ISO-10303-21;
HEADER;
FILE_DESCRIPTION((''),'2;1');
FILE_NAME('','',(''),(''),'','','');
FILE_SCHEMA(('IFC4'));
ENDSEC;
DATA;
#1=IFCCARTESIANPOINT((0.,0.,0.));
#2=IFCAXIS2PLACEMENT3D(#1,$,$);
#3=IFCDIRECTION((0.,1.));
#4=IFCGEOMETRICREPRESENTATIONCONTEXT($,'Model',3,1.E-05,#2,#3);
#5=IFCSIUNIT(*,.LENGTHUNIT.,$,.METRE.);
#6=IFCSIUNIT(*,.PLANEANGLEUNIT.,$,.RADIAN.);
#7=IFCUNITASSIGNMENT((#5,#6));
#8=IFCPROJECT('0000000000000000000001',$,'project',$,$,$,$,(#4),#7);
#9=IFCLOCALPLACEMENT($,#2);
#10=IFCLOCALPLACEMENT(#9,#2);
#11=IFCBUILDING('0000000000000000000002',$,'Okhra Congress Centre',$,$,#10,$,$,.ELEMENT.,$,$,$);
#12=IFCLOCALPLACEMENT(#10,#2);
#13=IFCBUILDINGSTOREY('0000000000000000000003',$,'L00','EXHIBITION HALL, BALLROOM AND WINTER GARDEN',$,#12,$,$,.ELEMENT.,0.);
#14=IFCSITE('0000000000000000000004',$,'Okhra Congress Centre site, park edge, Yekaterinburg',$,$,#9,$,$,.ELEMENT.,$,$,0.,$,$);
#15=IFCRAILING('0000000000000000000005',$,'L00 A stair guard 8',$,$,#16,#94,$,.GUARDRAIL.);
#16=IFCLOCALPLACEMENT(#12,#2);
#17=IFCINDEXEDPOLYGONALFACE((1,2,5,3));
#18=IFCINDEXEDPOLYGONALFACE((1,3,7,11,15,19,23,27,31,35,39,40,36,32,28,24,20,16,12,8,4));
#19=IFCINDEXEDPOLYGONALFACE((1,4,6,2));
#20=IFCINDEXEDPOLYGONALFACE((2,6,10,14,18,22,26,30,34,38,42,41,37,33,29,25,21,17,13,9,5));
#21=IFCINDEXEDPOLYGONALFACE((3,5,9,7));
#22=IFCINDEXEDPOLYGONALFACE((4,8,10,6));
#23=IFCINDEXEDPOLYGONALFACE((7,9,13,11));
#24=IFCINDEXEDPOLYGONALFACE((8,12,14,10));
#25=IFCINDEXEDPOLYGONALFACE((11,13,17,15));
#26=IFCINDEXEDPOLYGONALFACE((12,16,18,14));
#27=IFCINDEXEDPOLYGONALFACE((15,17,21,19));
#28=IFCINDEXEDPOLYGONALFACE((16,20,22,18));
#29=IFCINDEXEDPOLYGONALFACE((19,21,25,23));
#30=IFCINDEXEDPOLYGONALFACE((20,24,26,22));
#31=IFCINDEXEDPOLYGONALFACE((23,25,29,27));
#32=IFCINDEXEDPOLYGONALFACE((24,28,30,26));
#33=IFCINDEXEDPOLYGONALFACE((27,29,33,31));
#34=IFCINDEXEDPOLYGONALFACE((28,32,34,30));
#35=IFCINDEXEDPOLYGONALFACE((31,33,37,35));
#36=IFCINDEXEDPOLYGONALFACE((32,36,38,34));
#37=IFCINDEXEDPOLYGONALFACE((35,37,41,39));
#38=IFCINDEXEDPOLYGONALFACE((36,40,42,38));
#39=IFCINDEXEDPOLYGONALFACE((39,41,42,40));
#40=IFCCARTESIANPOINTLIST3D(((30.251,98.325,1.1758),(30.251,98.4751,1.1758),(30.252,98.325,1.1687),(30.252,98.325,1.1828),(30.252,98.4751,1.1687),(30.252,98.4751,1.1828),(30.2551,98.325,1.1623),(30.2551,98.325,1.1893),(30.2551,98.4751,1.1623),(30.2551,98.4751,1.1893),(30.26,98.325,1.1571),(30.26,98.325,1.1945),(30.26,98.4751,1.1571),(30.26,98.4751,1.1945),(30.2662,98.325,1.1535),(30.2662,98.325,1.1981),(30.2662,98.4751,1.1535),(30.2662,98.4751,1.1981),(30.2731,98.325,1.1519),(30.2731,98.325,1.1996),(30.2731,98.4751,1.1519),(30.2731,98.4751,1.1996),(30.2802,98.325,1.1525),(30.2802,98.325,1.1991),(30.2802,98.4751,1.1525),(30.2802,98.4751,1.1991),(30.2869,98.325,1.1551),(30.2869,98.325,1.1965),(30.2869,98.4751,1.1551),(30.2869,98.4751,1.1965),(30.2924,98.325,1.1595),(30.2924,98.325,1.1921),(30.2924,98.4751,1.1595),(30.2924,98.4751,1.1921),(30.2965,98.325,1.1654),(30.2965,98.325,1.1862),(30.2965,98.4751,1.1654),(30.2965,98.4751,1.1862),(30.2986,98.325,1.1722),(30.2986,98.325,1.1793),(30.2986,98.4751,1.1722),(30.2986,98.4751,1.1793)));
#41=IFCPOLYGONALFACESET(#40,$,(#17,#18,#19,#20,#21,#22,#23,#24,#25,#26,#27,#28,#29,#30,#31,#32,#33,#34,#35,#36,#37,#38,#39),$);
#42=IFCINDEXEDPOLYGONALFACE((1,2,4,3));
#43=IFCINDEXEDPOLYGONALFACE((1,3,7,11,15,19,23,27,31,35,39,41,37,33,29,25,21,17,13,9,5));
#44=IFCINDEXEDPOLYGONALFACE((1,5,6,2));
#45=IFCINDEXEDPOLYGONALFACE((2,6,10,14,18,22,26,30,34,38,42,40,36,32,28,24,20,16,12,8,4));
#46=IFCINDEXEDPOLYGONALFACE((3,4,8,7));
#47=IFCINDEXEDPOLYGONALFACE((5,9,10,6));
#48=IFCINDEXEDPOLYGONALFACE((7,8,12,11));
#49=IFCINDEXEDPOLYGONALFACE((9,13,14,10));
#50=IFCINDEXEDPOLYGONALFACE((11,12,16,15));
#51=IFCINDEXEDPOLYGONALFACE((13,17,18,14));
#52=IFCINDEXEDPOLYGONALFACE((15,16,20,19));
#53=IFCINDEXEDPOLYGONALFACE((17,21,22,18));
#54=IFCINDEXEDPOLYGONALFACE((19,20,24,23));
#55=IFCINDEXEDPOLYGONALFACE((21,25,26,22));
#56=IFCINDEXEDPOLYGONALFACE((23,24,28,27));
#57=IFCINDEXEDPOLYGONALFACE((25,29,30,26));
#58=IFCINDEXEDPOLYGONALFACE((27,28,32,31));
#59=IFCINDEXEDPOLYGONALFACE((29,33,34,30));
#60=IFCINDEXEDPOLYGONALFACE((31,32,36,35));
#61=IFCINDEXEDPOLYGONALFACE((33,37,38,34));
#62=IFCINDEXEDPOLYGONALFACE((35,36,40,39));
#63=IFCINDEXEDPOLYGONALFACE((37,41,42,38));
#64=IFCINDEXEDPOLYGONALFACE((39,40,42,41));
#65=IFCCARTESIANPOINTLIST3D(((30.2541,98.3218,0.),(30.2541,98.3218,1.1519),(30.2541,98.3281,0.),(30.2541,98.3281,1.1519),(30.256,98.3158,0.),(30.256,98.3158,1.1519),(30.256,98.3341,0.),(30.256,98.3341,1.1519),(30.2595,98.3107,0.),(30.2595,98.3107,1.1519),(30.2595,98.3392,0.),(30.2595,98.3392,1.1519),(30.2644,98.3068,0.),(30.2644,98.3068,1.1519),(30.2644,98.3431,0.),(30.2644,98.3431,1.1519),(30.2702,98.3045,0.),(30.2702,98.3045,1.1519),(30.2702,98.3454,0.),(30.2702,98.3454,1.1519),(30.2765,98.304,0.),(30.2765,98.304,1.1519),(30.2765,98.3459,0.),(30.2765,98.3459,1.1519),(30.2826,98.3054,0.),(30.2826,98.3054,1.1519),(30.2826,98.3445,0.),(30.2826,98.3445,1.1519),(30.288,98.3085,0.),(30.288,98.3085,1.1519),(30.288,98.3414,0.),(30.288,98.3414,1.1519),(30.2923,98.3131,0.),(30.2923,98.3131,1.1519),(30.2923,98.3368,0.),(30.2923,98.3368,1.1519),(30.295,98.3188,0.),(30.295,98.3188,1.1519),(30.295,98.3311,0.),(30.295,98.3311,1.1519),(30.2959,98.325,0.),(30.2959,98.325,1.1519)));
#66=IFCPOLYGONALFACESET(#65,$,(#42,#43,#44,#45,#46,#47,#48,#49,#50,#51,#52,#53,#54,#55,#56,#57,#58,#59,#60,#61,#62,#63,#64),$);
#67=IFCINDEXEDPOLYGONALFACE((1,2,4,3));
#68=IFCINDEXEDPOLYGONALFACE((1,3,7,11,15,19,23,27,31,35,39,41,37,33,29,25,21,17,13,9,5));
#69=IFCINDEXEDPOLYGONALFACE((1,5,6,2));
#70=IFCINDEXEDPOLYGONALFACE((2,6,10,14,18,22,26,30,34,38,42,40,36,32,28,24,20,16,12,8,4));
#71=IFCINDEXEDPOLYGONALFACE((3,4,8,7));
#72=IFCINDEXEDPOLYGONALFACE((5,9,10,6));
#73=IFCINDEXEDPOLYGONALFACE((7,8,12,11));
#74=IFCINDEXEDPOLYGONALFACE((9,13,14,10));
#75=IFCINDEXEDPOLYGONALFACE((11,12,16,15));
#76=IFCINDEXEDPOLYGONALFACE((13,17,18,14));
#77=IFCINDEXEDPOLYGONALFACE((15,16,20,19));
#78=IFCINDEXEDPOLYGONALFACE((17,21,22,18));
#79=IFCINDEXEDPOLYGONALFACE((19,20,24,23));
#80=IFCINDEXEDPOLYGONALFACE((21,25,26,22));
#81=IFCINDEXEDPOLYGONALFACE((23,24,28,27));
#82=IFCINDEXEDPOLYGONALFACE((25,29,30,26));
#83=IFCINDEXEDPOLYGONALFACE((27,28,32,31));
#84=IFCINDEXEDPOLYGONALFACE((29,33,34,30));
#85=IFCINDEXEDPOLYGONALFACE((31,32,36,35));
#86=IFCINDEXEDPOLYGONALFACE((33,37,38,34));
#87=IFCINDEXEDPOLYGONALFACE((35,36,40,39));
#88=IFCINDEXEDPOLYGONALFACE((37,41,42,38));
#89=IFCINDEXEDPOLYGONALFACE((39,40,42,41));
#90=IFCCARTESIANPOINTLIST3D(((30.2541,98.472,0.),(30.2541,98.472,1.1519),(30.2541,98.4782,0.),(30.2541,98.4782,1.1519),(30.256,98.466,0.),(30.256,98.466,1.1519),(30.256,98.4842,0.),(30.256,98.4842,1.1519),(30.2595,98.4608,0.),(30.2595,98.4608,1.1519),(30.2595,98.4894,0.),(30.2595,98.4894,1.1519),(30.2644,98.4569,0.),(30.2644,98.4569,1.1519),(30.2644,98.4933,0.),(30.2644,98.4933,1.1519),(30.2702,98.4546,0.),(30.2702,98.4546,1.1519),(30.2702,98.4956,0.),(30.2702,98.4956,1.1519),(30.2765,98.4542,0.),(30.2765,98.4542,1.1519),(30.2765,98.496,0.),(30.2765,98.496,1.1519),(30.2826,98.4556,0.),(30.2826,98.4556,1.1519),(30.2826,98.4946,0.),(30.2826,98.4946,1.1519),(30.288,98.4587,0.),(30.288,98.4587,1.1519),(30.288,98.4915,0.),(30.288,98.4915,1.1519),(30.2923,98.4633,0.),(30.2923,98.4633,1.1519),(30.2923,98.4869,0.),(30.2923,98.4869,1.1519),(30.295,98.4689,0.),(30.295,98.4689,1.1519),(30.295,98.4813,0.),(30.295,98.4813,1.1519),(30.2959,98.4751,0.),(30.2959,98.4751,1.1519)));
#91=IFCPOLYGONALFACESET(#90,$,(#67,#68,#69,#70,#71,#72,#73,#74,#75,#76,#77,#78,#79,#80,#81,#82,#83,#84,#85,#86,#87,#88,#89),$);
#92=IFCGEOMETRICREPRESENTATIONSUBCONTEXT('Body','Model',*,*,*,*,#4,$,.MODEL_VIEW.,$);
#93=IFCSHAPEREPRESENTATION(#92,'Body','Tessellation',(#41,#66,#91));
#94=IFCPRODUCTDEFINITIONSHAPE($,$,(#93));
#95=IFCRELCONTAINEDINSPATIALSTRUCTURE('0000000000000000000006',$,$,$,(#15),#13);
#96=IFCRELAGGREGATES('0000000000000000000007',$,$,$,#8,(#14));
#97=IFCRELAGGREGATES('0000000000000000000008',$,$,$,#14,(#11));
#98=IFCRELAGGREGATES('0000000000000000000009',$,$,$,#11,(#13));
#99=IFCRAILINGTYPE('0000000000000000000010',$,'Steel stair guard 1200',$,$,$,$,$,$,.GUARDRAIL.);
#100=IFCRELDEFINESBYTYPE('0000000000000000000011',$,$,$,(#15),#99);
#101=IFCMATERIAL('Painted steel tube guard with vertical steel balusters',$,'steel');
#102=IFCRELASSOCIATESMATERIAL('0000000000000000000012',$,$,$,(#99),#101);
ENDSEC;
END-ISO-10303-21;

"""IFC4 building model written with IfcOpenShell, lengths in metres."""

from ifc_helpers import new_model, si_unit, direction, frame, origin, origin_2d, place, context, subcontext, project, spatial, circle, extrude, material, type_object, element, save


model = new_model("IFC4")

# Units and contexts
model_context = context("Model", 3, precision=1e-05, world=origin(), true_north=direction((0.0, 1.0)))
body_context = subcontext(model_context, "Body", "Model", "MODEL_VIEW")
ifc_project = project(units=[si_unit("LENGTHUNIT", "METRE"), si_unit("PLANEANGLEUNIT", "RADIAN")], contexts=[model_context])

# Site, building, storey
site_placement = place(None, origin())
site = spatial("IfcSite", under=ifc_project, at=site_placement, Name="Okhra Congress Centre site, park edge, Yekaterinburg", CompositionType="ELEMENT", RefElevation=0.0)
building_placement = place(site_placement, origin())
building = spatial("IfcBuilding", under=site, at=building_placement, Name="Okhra Congress Centre", CompositionType="ELEMENT")
storey_placement = place(building_placement, origin())
storey = spatial("IfcBuildingStorey", under=building, at=storey_placement, Name="L00", Description="EXHIBITION HALL, BALLROOM AND WINTER GARDEN", CompositionType="ELEMENT", Elevation=0.0)

# Railing
ifc_material_1 = material(Name="Painted steel tube guard with vertical steel balusters", Category="steel")
railing_type_1 = type_object("IfcRailingType", Name="Steel stair guard 1200", PredefinedType="GUARDRAIL", material=ifc_material_1)
railing_1_placement = place(storey_placement, frame((30.2749, 98.325, 0.0)))
element("IfcRailing", 1, at=railing_1_placement, inside=storey, type_object=railing_type_1, Name="L00 A stair guard 8", PredefinedType="GUARDRAIL", context=body_context, shape_type="SweptSolid", body=[
    extrude(circle(Radius=0.0239, at=origin_2d()), frame((0.0, 0.0, 1.1758), z_axis=(0.0, 1.0, 0.0), x_axis=(-1.0, 0.0, 0.0)), (0.0, 0.0, 1.0), 0.1501),
    extrude(circle(Radius=0.021, at=origin_2d()), origin(), (0.0, 0.0, 1.0), 1.1519),
    extrude(circle(Radius=0.021, at=origin_2d()), frame((0.0, 0.1501, 0.0)), (0.0, 0.0, 1.0), 1.1519),
])

save(model, "model.ifc")
